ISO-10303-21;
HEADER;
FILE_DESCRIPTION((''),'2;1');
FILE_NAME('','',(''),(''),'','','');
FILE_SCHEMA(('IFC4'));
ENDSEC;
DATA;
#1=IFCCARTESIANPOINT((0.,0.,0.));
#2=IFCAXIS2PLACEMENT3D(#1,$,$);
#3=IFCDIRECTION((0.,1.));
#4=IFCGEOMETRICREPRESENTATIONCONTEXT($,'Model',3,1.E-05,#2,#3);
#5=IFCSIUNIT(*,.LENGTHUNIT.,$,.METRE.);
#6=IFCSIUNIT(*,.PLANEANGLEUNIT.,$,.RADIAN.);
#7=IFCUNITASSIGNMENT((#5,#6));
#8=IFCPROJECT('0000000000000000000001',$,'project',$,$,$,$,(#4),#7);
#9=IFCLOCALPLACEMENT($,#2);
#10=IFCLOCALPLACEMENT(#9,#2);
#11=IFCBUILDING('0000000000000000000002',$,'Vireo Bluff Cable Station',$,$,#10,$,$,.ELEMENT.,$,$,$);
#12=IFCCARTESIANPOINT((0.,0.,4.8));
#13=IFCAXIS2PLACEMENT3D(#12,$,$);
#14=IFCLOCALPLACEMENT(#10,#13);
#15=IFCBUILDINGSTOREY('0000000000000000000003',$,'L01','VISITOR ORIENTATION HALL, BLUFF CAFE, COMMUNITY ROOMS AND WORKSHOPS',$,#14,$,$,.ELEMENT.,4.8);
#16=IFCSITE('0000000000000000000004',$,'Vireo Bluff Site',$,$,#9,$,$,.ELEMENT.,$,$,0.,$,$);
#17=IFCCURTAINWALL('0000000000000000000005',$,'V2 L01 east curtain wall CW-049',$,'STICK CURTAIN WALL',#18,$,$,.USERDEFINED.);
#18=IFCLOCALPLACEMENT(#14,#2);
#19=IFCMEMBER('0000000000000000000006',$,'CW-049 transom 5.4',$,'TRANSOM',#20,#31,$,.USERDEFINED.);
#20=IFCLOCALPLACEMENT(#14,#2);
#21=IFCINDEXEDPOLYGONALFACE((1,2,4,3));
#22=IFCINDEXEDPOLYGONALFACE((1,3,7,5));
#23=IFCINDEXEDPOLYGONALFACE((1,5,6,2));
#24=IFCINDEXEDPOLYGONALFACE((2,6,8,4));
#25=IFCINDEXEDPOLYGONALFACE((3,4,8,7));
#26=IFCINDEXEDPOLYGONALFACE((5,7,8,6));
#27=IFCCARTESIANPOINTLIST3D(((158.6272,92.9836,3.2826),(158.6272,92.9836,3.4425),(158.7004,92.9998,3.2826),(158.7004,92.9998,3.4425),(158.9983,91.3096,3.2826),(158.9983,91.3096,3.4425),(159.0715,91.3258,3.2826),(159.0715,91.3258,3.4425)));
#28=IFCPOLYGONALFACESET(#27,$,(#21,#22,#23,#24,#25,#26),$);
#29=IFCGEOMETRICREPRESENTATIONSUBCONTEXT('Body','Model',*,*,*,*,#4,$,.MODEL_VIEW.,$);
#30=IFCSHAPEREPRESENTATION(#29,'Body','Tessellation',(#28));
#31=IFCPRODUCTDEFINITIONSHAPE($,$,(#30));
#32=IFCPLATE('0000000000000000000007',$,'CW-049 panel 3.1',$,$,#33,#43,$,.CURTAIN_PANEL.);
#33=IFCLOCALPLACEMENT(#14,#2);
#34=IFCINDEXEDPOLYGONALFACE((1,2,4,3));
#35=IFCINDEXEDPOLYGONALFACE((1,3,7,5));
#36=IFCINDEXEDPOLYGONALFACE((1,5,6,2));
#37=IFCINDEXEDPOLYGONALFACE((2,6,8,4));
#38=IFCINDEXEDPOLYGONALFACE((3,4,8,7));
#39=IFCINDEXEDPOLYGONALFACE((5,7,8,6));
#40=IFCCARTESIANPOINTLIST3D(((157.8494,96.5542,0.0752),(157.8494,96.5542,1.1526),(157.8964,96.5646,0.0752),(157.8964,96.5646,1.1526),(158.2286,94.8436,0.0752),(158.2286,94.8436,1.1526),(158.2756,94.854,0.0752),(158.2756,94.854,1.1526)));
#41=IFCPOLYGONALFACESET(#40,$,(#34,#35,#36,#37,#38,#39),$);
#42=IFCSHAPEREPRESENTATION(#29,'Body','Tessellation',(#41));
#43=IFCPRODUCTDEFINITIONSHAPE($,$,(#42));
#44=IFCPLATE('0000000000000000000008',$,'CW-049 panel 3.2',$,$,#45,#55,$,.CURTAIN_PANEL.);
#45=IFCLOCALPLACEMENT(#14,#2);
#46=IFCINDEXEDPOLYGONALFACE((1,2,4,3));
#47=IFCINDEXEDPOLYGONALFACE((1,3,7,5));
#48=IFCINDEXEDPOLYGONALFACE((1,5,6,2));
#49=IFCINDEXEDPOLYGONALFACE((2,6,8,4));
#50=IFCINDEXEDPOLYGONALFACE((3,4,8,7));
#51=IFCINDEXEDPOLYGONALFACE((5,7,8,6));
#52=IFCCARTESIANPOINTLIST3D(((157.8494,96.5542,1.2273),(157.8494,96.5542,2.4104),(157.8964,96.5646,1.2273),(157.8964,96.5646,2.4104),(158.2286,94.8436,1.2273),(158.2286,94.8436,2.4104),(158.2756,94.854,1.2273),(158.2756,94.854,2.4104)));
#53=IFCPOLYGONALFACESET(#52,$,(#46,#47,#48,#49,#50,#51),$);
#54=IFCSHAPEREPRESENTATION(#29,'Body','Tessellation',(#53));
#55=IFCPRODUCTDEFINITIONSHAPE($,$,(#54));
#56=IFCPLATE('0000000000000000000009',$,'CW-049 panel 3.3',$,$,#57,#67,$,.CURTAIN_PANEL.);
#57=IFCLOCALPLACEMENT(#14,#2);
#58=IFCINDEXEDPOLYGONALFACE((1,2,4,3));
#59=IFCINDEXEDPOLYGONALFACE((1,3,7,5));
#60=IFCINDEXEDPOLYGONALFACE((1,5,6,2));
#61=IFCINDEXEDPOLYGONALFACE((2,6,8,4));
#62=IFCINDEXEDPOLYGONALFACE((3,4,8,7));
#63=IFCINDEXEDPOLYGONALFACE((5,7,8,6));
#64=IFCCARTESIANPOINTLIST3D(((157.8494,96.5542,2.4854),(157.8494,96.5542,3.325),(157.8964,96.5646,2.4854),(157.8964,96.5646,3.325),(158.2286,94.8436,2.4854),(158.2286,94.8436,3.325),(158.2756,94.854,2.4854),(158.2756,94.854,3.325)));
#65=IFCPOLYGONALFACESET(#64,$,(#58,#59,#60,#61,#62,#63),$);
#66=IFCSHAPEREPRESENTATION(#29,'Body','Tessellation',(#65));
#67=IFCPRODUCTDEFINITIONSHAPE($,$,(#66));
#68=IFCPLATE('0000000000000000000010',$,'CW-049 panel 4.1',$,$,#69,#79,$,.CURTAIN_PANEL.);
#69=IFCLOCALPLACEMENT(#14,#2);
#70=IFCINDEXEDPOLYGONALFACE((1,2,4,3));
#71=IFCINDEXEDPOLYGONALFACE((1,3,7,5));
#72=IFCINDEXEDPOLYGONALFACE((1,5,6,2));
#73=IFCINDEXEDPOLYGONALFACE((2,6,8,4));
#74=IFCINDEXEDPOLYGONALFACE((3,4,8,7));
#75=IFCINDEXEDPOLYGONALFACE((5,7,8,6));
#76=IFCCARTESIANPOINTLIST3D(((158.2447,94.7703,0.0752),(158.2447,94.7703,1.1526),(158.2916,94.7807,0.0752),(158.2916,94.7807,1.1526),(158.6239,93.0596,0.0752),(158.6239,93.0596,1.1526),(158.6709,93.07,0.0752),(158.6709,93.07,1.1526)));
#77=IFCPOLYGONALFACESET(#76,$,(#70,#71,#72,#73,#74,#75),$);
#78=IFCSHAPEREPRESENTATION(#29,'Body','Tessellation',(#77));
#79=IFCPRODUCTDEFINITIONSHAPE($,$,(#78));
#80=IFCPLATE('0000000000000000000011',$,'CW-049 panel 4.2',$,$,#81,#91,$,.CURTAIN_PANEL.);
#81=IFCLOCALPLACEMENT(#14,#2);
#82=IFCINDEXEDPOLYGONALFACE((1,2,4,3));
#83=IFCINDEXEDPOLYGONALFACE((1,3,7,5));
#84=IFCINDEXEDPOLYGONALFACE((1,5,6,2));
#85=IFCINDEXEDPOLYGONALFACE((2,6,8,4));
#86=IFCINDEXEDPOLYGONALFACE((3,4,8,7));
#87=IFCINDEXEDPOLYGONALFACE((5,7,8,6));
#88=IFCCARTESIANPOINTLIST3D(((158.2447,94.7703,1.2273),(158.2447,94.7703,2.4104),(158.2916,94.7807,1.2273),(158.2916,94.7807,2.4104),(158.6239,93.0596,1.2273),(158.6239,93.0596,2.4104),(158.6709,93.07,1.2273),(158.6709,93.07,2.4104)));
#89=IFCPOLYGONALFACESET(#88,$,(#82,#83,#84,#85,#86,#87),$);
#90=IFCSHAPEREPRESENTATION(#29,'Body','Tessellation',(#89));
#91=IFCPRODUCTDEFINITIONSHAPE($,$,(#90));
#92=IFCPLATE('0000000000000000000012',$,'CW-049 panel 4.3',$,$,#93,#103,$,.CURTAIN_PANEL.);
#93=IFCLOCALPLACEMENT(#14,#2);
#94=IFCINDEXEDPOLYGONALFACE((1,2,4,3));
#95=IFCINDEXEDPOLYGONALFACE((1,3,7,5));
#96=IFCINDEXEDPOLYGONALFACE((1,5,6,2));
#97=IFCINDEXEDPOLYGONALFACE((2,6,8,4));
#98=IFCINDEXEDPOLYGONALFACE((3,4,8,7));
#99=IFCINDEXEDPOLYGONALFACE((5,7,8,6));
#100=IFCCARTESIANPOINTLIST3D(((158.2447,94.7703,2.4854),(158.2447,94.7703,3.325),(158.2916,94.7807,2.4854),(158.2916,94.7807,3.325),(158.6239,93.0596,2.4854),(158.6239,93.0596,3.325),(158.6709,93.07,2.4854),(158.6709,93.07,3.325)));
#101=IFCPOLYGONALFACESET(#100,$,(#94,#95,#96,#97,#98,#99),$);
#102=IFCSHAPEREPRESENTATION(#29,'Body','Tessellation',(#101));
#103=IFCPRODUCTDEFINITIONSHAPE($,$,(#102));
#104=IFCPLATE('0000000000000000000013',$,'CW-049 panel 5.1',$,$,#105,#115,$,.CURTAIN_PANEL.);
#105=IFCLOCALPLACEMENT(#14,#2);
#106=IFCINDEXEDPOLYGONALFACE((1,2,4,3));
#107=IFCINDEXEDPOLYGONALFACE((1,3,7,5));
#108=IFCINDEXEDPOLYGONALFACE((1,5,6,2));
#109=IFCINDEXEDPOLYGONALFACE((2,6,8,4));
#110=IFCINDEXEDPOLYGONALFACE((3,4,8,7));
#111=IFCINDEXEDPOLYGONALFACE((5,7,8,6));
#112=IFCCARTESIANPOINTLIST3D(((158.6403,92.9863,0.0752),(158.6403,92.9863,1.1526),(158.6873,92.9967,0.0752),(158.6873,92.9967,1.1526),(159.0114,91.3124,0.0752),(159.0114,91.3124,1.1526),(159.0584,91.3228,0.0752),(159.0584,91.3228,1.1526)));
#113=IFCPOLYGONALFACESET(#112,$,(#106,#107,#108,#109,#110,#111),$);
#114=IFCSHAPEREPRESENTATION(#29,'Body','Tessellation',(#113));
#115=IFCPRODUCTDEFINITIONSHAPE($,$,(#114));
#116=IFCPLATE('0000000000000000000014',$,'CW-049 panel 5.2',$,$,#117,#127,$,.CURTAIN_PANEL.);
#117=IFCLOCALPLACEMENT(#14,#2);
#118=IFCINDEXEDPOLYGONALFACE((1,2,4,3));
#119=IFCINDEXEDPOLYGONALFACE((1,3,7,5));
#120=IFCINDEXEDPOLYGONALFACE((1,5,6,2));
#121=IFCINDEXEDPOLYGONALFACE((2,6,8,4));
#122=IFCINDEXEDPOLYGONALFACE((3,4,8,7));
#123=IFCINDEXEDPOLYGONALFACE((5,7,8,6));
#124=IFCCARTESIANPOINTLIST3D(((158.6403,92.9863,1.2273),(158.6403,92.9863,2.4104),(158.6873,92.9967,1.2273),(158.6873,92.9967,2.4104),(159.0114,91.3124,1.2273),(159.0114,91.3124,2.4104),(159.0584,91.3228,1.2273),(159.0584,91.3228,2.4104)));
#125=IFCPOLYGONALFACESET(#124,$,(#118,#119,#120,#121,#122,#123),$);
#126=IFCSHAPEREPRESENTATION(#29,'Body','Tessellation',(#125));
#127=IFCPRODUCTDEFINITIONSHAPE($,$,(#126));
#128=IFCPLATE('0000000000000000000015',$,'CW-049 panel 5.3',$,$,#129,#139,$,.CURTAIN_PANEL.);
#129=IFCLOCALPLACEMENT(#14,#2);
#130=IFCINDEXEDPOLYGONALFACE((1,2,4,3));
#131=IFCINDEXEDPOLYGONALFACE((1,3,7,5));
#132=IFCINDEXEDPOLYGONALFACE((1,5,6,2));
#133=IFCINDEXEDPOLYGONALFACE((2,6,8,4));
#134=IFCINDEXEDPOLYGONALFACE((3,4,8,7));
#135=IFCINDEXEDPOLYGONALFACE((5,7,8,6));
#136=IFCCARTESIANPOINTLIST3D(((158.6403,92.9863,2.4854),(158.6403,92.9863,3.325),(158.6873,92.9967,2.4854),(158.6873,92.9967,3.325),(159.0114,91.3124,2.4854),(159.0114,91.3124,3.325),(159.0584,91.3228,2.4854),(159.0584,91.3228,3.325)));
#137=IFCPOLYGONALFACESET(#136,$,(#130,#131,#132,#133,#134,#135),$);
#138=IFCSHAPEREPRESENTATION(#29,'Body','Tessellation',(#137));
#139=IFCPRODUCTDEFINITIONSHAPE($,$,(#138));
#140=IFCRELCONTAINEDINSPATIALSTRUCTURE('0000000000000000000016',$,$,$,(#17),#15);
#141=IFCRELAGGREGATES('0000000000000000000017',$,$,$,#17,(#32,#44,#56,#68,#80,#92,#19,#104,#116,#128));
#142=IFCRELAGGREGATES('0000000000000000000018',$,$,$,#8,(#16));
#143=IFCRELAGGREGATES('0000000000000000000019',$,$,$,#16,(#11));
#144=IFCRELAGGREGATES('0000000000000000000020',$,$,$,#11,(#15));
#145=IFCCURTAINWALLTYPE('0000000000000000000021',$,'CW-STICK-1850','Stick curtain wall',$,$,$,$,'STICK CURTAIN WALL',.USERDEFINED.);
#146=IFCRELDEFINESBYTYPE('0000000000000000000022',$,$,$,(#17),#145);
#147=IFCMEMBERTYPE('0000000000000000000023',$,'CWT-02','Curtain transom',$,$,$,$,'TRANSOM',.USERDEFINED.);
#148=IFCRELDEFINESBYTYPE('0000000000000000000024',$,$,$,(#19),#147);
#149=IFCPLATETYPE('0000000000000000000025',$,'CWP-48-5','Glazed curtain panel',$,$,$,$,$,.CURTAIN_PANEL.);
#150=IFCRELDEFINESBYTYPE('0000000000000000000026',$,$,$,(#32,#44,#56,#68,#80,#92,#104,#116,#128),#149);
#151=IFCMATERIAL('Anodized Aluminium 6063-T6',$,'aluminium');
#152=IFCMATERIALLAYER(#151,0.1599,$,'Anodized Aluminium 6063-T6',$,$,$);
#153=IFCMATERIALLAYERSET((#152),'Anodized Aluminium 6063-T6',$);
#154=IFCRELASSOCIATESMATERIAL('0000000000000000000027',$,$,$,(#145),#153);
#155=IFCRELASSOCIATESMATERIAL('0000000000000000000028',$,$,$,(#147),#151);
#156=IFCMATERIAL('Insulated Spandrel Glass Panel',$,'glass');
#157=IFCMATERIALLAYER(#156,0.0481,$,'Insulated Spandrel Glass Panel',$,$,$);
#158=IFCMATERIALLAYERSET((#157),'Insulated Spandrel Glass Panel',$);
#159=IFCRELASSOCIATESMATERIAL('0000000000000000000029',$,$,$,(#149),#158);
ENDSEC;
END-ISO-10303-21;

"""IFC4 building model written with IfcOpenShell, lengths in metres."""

from ifc_helpers import new_model, si_unit, direction, frame, origin, origin_2d, place, context, subcontext, project, spatial, rectangle, extrude, material, layer, layer_set, material_profile, profile_set, type_object, element, aggregate, save


model = new_model("IFC4")

# Units and contexts
model_context = context("Model", 3, precision=1e-05, world=origin(), true_north=direction((0.0, 1.0)))
body_context = subcontext(model_context, "Body", "Model", "MODEL_VIEW")
ifc_project = project(units=[si_unit("LENGTHUNIT", "METRE"), si_unit("PLANEANGLEUNIT", "RADIAN")], contexts=[model_context])

# Site, building, storey
site_placement = place(None, origin())
site = spatial("IfcSite", under=ifc_project, at=site_placement, Name="Vireo Bluff Site", CompositionType="ELEMENT", RefElevation=0.0)
building_placement = place(site_placement, origin())
building = spatial("IfcBuilding", under=site, at=building_placement, Name="Vireo Bluff Cable Station", CompositionType="ELEMENT")
storey_placement = place(building_placement, frame((0.0, 0.0, 4.8)))
storey = spatial("IfcBuildingStorey", under=building, at=storey_placement, Name="L01", Description="VISITOR ORIENTATION HALL, BLUFF CAFE, COMMUNITY ROOMS AND WORKSHOPS", CompositionType="ELEMENT", Elevation=4.8)

# Curtain wall, member, plates
ifc_material_1 = material(Name="Anodized Aluminium 6063-T6", Category="aluminium")
ifc_layer_1 = layer(ifc_material_1, 0.1599, Name="Anodized Aluminium 6063-T6")
ifc_layer_set_1 = layer_set([ifc_layer_1], Name="Anodized Aluminium 6063-T6")
curtain_wall_type = type_object("IfcCurtainWallType", Name="CW-STICK-1850", Description="Stick curtain wall", ElementType="STICK CURTAIN WALL", PredefinedType="USERDEFINED", material=ifc_layer_set_1)
curtain_wall_placement = place(storey_placement, origin())
curtain_wall = element("IfcCurtainWall", 1, at=curtain_wall_placement, inside=storey, type_object=curtain_wall_type, Name="V2 L01 east curtain wall CW-049", ObjectType="STICK CURTAIN WALL", PredefinedType="USERDEFINED")
ifc_material_profile_1 = material_profile(ifc_material_1, rectangle(XDim=0.075, YDim=0.1599, at=origin_2d()), Name="ALU-T-75X160")
ifc_profile_set_1 = profile_set([ifc_material_profile_1], Name="Anodized Aluminium 6063-T6")
member_type_1 = type_object("IfcMemberType", Name="CWT-02", Description="Curtain transom", ElementType="TRANSOM", PredefinedType="USERDEFINED", material=ifc_profile_set_1)
member_1_placement = place(storey_placement, frame((158.6638, 92.9917, 3.3625), z_axis=(0.216418, -0.976301, 0.0), x_axis=(0.976301, 0.216418, 0.0)))
member_1 = element("IfcMember", 2, at=member_1_placement, type_object=member_type_1, Name="CW-049 transom 5.4", ObjectType="TRANSOM", PredefinedType="USERDEFINED", context=body_context, shape_type="SweptSolid", body=[
    extrude(rectangle(XDim=0.075, YDim=0.1599, at=origin_2d()), origin(), (0.0, 0.0, 1.0), 1.7146),
])
ifc_material_2 = material(Name="Insulated Spandrel Glass Panel", Category="glass")
ifc_layer_2 = layer(ifc_material_2, 0.0481, Name="Insulated Spandrel Glass Panel")
ifc_layer_set_2 = layer_set([ifc_layer_2], Name="Insulated Spandrel Glass Panel")
plate_type = type_object("IfcPlateType", Name="CWP-48-5", Description="Glazed curtain panel", PredefinedType="CURTAIN_PANEL", material=ifc_layer_set_2)
plate_1_placement = place(storey_placement, frame((158.0625, 95.7041, 0.0752), z_axis=(0.0, 0.0, 1.0), x_axis=(0.21644, -0.976296, 0.0)))
plate_1 = element("IfcPlate", 3, at=plate_1_placement, type_object=plate_type, Name="CW-049 panel 3.1", PredefinedType="CURTAIN_PANEL", context=body_context, shape_type="SweptSolid", body=[
    extrude(rectangle(XDim=1.7522, YDim=0.0481, at=origin_2d()), origin(), (0.0, 0.0, 1.0), 1.0774),
])
plate_2_placement = place(storey_placement, frame((158.0625, 95.7041, 1.2273), z_axis=(0.0, 0.0, 1.0), x_axis=(0.21644, -0.976296, 0.0)))
plate_2 = element("IfcPlate", 4, at=plate_2_placement, type_object=plate_type, Name="CW-049 panel 3.2", PredefinedType="CURTAIN_PANEL", context=body_context, shape_type="SweptSolid", body=[
    extrude(rectangle(XDim=1.7522, YDim=0.0481, at=origin_2d()), origin(), (0.0, 0.0, 1.0), 1.1831),
])
plate_3_placement = place(storey_placement, frame((158.0625, 95.7041, 2.4854), z_axis=(0.0, 0.0, 1.0), x_axis=(0.21644, -0.976296, 0.0)))
plate_3 = element("IfcPlate", 5, at=plate_3_placement, type_object=plate_type, Name="CW-049 panel 3.3", PredefinedType="CURTAIN_PANEL", context=body_context, shape_type="SweptSolid", body=[
    extrude(rectangle(XDim=1.7522, YDim=0.0481, at=origin_2d()), origin(), (0.0, 0.0, 1.0), 0.8396),
])
plate_4_placement = place(storey_placement, frame((158.4578, 93.9202, 0.0752), z_axis=(0.0, 0.0, 1.0), x_axis=(0.21644, -0.976296, 0.0)))
plate_4 = element("IfcPlate", 6, at=plate_4_placement, type_object=plate_type, Name="CW-049 panel 4.1", PredefinedType="CURTAIN_PANEL", context=body_context, shape_type="SweptSolid", body=[
    extrude(rectangle(XDim=1.7522, YDim=0.0481, at=origin_2d()), origin(), (0.0, 0.0, 1.0), 1.0774),
])
plate_5_placement = place(storey_placement, frame((158.4578, 93.9202, 1.2273), z_axis=(0.0, 0.0, 1.0), x_axis=(0.21644, -0.976296, 0.0)))
plate_5 = element("IfcPlate", 7, at=plate_5_placement, type_object=plate_type, Name="CW-049 panel 4.2", PredefinedType="CURTAIN_PANEL", context=body_context, shape_type="SweptSolid", body=[
    extrude(rectangle(XDim=1.7522, YDim=0.0481, at=origin_2d()), origin(), (0.0, 0.0, 1.0), 1.1831),
])
plate_6_placement = place(storey_placement, frame((158.4578, 93.9202, 2.4854), z_axis=(0.0, 0.0, 1.0), x_axis=(0.21644, -0.976296, 0.0)))
plate_6 = element("IfcPlate", 8, at=plate_6_placement, type_object=plate_type, Name="CW-049 panel 4.3", PredefinedType="CURTAIN_PANEL", context=body_context, shape_type="SweptSolid", body=[
    extrude(rectangle(XDim=1.7522, YDim=0.0481, at=origin_2d()), origin(), (0.0, 0.0, 1.0), 0.8396),
])
plate_7_placement = place(storey_placement, frame((158.8494, 92.1545, 0.0752), z_axis=(0.0, 0.0, 1.0), x_axis=(0.21644, -0.976296, 0.0)))
plate_7 = element("IfcPlate", 9, at=plate_7_placement, type_object=plate_type, Name="CW-049 panel 5.1", PredefinedType="CURTAIN_PANEL", context=body_context, shape_type="SweptSolid", body=[
    extrude(rectangle(XDim=1.7146, YDim=0.0481, at=origin_2d()), origin(), (0.0, 0.0, 1.0), 1.0774),
])
plate_8_placement = place(storey_placement, frame((158.8494, 92.1545, 1.2273), z_axis=(0.0, 0.0, 1.0), x_axis=(0.21644, -0.976296, 0.0)))
plate_8 = element("IfcPlate", 10, at=plate_8_placement, type_object=plate_type, Name="CW-049 panel 5.2", PredefinedType="CURTAIN_PANEL", context=body_context, shape_type="SweptSolid", body=[
    extrude(rectangle(XDim=1.7146, YDim=0.0481, at=origin_2d()), origin(), (0.0, 0.0, 1.0), 1.1831),
])
plate_9_placement = place(storey_placement, frame((158.8494, 92.1545, 2.4854), z_axis=(0.0, 0.0, 1.0), x_axis=(0.21644, -0.976296, 0.0)))
plate_9 = element("IfcPlate", 11, at=plate_9_placement, type_object=plate_type, Name="CW-049 panel 5.3", PredefinedType="CURTAIN_PANEL", context=body_context, shape_type="SweptSolid", body=[
    extrude(rectangle(XDim=1.7146, YDim=0.0481, at=origin_2d()), origin(), (0.0, 0.0, 1.0), 0.8396),
])
aggregate(curtain_wall, [plate_1, plate_2, plate_3, plate_4, plate_5, plate_6, member_1, plate_7, plate_8, plate_9])

save(model, "model.ifc")
